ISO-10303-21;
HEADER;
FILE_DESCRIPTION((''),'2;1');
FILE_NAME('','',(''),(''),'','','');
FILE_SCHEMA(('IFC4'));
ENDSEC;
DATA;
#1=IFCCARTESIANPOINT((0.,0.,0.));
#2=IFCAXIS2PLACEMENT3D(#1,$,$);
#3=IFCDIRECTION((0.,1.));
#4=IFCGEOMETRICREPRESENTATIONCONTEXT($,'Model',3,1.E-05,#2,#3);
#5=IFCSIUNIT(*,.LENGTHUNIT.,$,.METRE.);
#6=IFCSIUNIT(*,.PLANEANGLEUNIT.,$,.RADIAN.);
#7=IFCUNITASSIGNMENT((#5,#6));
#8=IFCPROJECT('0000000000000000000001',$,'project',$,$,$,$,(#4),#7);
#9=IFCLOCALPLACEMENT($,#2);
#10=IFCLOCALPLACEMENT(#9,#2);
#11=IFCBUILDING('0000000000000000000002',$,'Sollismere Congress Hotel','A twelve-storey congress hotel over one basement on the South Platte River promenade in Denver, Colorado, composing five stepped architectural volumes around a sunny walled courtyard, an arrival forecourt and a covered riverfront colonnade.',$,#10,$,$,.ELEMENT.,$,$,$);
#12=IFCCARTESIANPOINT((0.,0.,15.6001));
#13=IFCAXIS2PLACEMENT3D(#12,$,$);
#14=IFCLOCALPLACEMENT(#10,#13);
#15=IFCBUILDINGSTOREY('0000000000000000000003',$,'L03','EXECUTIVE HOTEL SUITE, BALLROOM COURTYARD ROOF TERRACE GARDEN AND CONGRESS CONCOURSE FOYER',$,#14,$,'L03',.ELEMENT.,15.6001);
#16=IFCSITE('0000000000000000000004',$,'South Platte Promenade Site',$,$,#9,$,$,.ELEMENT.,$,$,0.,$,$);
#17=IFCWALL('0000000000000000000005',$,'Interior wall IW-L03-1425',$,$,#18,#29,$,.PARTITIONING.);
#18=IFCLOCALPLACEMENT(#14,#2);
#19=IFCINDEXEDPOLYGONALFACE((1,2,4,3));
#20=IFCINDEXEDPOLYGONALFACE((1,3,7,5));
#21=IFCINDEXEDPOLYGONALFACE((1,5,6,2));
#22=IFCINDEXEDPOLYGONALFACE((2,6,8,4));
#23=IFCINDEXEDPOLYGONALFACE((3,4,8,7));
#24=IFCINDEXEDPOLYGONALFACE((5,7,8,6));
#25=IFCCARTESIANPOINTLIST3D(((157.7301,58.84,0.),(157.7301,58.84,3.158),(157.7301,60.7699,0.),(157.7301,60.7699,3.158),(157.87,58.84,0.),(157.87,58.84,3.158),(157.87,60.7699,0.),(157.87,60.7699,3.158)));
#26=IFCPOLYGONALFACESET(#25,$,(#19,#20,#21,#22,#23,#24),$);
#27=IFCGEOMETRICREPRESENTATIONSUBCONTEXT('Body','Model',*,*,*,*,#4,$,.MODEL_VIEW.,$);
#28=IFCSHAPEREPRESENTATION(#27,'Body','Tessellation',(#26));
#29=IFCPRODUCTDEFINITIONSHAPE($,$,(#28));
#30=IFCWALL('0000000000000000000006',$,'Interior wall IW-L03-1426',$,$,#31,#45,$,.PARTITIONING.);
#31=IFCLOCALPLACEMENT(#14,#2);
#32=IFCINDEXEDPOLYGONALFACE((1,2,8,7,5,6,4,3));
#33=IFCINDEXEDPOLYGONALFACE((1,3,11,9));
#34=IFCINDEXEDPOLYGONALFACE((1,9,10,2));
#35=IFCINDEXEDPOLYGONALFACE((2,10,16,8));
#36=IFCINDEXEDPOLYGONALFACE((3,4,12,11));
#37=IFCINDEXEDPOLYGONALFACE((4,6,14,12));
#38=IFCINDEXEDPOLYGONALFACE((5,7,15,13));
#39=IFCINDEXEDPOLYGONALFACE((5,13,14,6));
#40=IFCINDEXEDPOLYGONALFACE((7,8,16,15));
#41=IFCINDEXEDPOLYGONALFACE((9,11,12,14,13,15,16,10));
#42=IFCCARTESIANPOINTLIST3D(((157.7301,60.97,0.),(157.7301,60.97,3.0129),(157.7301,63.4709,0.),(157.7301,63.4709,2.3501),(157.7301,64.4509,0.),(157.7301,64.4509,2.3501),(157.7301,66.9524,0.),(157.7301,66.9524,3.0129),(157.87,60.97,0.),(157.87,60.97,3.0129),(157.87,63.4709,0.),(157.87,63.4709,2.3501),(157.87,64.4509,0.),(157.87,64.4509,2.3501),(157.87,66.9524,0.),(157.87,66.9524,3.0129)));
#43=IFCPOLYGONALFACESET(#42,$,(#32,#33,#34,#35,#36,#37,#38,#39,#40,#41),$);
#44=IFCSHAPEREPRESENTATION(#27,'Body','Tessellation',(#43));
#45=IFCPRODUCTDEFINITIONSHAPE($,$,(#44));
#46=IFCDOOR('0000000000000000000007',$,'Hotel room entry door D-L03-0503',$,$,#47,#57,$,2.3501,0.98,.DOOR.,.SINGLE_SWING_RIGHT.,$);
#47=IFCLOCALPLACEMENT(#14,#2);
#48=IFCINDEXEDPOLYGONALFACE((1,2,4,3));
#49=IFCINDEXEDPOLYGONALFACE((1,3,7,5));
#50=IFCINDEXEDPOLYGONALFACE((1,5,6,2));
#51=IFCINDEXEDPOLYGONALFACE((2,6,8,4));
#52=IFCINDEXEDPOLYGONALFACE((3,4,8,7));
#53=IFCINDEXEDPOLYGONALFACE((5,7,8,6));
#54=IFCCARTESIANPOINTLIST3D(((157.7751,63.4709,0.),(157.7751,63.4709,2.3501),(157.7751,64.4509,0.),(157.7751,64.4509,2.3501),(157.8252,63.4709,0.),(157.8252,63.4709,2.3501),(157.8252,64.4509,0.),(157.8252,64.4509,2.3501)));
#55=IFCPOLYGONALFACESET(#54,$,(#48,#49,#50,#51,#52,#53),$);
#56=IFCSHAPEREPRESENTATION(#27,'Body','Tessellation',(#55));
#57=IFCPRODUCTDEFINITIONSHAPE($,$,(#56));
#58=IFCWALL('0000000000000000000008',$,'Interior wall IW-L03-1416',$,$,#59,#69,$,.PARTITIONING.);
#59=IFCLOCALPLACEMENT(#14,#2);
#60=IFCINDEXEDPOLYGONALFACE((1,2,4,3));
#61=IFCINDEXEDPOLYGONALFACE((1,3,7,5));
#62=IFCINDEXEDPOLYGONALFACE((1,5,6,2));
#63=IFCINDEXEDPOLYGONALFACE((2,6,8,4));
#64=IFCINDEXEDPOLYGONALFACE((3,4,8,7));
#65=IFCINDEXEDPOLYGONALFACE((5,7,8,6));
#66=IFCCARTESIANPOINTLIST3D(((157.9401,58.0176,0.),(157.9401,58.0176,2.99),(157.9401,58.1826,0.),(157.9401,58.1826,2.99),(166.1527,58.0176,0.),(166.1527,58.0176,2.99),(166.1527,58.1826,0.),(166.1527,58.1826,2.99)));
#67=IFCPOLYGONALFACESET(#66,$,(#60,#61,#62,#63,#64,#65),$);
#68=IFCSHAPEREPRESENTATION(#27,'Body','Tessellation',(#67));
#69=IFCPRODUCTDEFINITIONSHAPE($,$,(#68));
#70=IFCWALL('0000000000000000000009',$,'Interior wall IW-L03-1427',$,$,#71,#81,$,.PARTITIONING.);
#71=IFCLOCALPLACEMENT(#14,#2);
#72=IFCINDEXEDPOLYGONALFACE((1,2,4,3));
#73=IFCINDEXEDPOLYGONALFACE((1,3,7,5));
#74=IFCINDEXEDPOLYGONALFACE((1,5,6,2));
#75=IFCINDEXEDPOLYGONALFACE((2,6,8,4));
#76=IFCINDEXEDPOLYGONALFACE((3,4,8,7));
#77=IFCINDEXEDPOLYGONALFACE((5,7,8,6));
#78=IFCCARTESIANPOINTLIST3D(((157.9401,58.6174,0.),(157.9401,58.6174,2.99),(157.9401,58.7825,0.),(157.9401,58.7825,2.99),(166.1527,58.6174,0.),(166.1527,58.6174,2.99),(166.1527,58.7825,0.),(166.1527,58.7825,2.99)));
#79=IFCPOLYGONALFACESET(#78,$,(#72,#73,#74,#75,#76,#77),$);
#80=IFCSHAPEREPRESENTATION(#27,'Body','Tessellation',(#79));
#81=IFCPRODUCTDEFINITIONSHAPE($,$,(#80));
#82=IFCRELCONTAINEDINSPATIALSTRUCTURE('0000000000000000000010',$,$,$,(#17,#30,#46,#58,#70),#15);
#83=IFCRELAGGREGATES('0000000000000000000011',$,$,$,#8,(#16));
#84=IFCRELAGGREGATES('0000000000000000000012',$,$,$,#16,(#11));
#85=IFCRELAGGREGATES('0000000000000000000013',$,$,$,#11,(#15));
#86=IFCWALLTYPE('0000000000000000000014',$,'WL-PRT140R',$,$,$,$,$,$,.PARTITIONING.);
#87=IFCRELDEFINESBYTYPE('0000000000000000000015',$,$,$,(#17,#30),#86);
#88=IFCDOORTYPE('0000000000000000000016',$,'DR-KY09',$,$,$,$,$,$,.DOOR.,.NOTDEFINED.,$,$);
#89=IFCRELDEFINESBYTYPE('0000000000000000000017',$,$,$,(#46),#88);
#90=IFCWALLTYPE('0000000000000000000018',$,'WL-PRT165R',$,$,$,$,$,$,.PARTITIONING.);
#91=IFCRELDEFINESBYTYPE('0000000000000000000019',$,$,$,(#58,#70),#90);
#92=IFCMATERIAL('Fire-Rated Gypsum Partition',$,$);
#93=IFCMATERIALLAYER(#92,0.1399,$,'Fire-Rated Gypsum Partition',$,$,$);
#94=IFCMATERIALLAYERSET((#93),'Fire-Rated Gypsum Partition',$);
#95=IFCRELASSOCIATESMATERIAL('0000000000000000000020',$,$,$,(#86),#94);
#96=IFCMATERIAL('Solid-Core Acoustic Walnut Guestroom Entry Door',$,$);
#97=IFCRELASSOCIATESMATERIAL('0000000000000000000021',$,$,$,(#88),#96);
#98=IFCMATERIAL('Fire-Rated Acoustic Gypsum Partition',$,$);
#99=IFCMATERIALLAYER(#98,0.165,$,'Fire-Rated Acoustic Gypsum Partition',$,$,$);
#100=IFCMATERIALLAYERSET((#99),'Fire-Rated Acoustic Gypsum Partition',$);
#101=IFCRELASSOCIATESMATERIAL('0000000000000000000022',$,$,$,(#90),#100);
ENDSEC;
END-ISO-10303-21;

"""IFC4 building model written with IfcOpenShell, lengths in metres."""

from ifc_helpers import new_model, si_unit, direction, frame, frame_2d, origin, place, context, subcontext, project, spatial, rectangle, extrude, material, layer, layer_set, type_object, element, fill, save


model = new_model("IFC4")

# Units and contexts
model_context = context("Model", 3, precision=1e-05, world=origin(), true_north=direction((0.0, 1.0)))
body_context = subcontext(model_context, "Body", "Model", "MODEL_VIEW")
ifc_project = project(units=[si_unit("LENGTHUNIT", "METRE"), si_unit("PLANEANGLEUNIT", "RADIAN")], contexts=[model_context])

# Site, building, storey
site_placement = place(None, origin())
site = spatial("IfcSite", under=ifc_project, at=site_placement, Name="South Platte Promenade Site", CompositionType="ELEMENT", RefElevation=0.0)
building_placement = place(site_placement, origin())
building = spatial("IfcBuilding", under=site, at=building_placement, Name="Sollismere Congress Hotel", Description="A twelve-storey congress hotel over one basement on the South Platte River promenade in Denver, Colorado, composing five stepped architectural volumes around a sunny walled courtyard, an arrival forecourt and a covered riverfront colonnade.", CompositionType="ELEMENT")
storey_placement = place(building_placement, frame((0.0, 0.0, 15.6001)))
storey = spatial("IfcBuildingStorey", under=building, at=storey_placement, Name="L03", Description="EXECUTIVE HOTEL SUITE, BALLROOM COURTYARD ROOF TERRACE GARDEN AND CONGRESS CONCOURSE FOYER", LongName="L03", CompositionType="ELEMENT", Elevation=15.6001)

# Wall
ifc_material_1 = material(Name="Fire-Rated Gypsum Partition")
ifc_layer_1 = layer(ifc_material_1, 0.1399, Name="Fire-Rated Gypsum Partition")
ifc_layer_set_1 = layer_set([ifc_layer_1], Name="Fire-Rated Gypsum Partition")
wall_type_1 = type_object("IfcWallType", Name="WL-PRT140R", PredefinedType="PARTITIONING", material=ifc_layer_set_1)
wall_1_placement = place(storey_placement, frame((157.8, 58.8401, 0.0), z_axis=(0.0, 0.0, 1.0), x_axis=(0.0, 1.0, 0.0)))
element("IfcWall", 1, at=wall_1_placement, inside=storey, type_object=wall_type_1, Name="Interior wall IW-L03-1425", PredefinedType="PARTITIONING", context=body_context, shape_type="SweptSolid", body=[
    extrude(rectangle(XDim=1.9299, YDim=0.1399, at=frame_2d((0.9648, 0.0))), origin(), (0.0, 0.0, 1.0), 3.158),
])

# Wall, opening, door
wall_2_placement = place(storey_placement, frame((157.8, 60.97, 0.0), z_axis=(0.0, 0.0, 1.0), x_axis=(0.0, 1.0, 0.0)))
wall_2 = element("IfcWall", 2, at=wall_2_placement, inside=storey, type_object=wall_type_1, Name="Interior wall IW-L03-1426", PredefinedType="PARTITIONING", context=body_context, shape_type="SweptSolid", body=[
    extrude(rectangle(XDim=5.9824, YDim=0.1399, at=frame_2d((2.9912, 0.0))), origin(), (0.0, 0.0, 1.0), 3.0129),
])
opening_1_placement = place(wall_2_placement, frame((2.501, 0.0, 0.0)))
opening_1 = element("IfcOpeningElement", 3, at=opening_1_placement, cuts=wall_2, PredefinedType="OPENING", context=body_context, shape_type="SweptSolid", body=[
    extrude(rectangle(XDim=0.98, YDim=2.3501, at=frame_2d((0.49, 1.175))), frame((0.0, 0.0798, 0.0), z_axis=(0.0, -1.0, 0.0), x_axis=(1.0, 0.0, 0.0)), (0.0, 0.0, 1.0), 0.1599),
])
ifc_material_2 = material(Name="Solid-Core Acoustic Walnut Guestroom Entry Door")
door_type_1 = type_object("IfcDoorType", Name="DR-KY09", OperationType="NOTDEFINED", PredefinedType="DOOR", material=ifc_material_2)
door_1_placement = place(opening_1_placement, origin())
door_1 = element("IfcDoor", 4, at=door_1_placement, inside=storey, type_object=door_type_1, Name="Hotel room entry door D-L03-0503", OperationType="SINGLE_SWING_RIGHT", OverallHeight=2.3501, OverallWidth=0.98, PredefinedType="DOOR", context=body_context, shape_type="SweptSolid", body=[
    extrude(rectangle(XDim=0.98, YDim=2.3501, at=frame_2d((0.49, 1.175))), frame((0.0, 0.0249, 0.0), z_axis=(0.0, -1.0, 0.0), x_axis=(1.0, 0.0, 0.0)), (0.0, 0.0, 1.0), 0.05),
])
fill(opening_1, door_1)

# Walls
ifc_material_3 = material(Name="Fire-Rated Acoustic Gypsum Partition")
ifc_layer_2 = layer(ifc_material_3, 0.165, Name="Fire-Rated Acoustic Gypsum Partition")
ifc_layer_set_2 = layer_set([ifc_layer_2], Name="Fire-Rated Acoustic Gypsum Partition")
wall_type_2 = type_object("IfcWallType", Name="WL-PRT165R", PredefinedType="PARTITIONING", material=ifc_layer_set_2)
for number, where, z_axis, x_axis, name in (
    (5, (157.9399, 58.1001, 0.0), (0.0, 0.0, 1.0), (1.0, 0.0, 0.0), "Interior wall IW-L03-1416"),
    (6, (157.9399, 58.7, 0.0), (0.0, 0.0, 1.0), (1.0, 0.0, 0.0), "Interior wall IW-L03-1427"),
):
    element("IfcWall", number, at=place(storey_placement, frame(where, z_axis=z_axis, x_axis=x_axis)), inside=storey, type_object=wall_type_2, Name=name, PredefinedType="PARTITIONING", context=body_context, shape_type="SweptSolid", body=[
        extrude(rectangle(XDim=8.2126, YDim=0.165, at=frame_2d((4.1064, 0.0))), origin(), (0.0, 0.0, 1.0), 2.99),
    ])

save(model, "model.ifc")
